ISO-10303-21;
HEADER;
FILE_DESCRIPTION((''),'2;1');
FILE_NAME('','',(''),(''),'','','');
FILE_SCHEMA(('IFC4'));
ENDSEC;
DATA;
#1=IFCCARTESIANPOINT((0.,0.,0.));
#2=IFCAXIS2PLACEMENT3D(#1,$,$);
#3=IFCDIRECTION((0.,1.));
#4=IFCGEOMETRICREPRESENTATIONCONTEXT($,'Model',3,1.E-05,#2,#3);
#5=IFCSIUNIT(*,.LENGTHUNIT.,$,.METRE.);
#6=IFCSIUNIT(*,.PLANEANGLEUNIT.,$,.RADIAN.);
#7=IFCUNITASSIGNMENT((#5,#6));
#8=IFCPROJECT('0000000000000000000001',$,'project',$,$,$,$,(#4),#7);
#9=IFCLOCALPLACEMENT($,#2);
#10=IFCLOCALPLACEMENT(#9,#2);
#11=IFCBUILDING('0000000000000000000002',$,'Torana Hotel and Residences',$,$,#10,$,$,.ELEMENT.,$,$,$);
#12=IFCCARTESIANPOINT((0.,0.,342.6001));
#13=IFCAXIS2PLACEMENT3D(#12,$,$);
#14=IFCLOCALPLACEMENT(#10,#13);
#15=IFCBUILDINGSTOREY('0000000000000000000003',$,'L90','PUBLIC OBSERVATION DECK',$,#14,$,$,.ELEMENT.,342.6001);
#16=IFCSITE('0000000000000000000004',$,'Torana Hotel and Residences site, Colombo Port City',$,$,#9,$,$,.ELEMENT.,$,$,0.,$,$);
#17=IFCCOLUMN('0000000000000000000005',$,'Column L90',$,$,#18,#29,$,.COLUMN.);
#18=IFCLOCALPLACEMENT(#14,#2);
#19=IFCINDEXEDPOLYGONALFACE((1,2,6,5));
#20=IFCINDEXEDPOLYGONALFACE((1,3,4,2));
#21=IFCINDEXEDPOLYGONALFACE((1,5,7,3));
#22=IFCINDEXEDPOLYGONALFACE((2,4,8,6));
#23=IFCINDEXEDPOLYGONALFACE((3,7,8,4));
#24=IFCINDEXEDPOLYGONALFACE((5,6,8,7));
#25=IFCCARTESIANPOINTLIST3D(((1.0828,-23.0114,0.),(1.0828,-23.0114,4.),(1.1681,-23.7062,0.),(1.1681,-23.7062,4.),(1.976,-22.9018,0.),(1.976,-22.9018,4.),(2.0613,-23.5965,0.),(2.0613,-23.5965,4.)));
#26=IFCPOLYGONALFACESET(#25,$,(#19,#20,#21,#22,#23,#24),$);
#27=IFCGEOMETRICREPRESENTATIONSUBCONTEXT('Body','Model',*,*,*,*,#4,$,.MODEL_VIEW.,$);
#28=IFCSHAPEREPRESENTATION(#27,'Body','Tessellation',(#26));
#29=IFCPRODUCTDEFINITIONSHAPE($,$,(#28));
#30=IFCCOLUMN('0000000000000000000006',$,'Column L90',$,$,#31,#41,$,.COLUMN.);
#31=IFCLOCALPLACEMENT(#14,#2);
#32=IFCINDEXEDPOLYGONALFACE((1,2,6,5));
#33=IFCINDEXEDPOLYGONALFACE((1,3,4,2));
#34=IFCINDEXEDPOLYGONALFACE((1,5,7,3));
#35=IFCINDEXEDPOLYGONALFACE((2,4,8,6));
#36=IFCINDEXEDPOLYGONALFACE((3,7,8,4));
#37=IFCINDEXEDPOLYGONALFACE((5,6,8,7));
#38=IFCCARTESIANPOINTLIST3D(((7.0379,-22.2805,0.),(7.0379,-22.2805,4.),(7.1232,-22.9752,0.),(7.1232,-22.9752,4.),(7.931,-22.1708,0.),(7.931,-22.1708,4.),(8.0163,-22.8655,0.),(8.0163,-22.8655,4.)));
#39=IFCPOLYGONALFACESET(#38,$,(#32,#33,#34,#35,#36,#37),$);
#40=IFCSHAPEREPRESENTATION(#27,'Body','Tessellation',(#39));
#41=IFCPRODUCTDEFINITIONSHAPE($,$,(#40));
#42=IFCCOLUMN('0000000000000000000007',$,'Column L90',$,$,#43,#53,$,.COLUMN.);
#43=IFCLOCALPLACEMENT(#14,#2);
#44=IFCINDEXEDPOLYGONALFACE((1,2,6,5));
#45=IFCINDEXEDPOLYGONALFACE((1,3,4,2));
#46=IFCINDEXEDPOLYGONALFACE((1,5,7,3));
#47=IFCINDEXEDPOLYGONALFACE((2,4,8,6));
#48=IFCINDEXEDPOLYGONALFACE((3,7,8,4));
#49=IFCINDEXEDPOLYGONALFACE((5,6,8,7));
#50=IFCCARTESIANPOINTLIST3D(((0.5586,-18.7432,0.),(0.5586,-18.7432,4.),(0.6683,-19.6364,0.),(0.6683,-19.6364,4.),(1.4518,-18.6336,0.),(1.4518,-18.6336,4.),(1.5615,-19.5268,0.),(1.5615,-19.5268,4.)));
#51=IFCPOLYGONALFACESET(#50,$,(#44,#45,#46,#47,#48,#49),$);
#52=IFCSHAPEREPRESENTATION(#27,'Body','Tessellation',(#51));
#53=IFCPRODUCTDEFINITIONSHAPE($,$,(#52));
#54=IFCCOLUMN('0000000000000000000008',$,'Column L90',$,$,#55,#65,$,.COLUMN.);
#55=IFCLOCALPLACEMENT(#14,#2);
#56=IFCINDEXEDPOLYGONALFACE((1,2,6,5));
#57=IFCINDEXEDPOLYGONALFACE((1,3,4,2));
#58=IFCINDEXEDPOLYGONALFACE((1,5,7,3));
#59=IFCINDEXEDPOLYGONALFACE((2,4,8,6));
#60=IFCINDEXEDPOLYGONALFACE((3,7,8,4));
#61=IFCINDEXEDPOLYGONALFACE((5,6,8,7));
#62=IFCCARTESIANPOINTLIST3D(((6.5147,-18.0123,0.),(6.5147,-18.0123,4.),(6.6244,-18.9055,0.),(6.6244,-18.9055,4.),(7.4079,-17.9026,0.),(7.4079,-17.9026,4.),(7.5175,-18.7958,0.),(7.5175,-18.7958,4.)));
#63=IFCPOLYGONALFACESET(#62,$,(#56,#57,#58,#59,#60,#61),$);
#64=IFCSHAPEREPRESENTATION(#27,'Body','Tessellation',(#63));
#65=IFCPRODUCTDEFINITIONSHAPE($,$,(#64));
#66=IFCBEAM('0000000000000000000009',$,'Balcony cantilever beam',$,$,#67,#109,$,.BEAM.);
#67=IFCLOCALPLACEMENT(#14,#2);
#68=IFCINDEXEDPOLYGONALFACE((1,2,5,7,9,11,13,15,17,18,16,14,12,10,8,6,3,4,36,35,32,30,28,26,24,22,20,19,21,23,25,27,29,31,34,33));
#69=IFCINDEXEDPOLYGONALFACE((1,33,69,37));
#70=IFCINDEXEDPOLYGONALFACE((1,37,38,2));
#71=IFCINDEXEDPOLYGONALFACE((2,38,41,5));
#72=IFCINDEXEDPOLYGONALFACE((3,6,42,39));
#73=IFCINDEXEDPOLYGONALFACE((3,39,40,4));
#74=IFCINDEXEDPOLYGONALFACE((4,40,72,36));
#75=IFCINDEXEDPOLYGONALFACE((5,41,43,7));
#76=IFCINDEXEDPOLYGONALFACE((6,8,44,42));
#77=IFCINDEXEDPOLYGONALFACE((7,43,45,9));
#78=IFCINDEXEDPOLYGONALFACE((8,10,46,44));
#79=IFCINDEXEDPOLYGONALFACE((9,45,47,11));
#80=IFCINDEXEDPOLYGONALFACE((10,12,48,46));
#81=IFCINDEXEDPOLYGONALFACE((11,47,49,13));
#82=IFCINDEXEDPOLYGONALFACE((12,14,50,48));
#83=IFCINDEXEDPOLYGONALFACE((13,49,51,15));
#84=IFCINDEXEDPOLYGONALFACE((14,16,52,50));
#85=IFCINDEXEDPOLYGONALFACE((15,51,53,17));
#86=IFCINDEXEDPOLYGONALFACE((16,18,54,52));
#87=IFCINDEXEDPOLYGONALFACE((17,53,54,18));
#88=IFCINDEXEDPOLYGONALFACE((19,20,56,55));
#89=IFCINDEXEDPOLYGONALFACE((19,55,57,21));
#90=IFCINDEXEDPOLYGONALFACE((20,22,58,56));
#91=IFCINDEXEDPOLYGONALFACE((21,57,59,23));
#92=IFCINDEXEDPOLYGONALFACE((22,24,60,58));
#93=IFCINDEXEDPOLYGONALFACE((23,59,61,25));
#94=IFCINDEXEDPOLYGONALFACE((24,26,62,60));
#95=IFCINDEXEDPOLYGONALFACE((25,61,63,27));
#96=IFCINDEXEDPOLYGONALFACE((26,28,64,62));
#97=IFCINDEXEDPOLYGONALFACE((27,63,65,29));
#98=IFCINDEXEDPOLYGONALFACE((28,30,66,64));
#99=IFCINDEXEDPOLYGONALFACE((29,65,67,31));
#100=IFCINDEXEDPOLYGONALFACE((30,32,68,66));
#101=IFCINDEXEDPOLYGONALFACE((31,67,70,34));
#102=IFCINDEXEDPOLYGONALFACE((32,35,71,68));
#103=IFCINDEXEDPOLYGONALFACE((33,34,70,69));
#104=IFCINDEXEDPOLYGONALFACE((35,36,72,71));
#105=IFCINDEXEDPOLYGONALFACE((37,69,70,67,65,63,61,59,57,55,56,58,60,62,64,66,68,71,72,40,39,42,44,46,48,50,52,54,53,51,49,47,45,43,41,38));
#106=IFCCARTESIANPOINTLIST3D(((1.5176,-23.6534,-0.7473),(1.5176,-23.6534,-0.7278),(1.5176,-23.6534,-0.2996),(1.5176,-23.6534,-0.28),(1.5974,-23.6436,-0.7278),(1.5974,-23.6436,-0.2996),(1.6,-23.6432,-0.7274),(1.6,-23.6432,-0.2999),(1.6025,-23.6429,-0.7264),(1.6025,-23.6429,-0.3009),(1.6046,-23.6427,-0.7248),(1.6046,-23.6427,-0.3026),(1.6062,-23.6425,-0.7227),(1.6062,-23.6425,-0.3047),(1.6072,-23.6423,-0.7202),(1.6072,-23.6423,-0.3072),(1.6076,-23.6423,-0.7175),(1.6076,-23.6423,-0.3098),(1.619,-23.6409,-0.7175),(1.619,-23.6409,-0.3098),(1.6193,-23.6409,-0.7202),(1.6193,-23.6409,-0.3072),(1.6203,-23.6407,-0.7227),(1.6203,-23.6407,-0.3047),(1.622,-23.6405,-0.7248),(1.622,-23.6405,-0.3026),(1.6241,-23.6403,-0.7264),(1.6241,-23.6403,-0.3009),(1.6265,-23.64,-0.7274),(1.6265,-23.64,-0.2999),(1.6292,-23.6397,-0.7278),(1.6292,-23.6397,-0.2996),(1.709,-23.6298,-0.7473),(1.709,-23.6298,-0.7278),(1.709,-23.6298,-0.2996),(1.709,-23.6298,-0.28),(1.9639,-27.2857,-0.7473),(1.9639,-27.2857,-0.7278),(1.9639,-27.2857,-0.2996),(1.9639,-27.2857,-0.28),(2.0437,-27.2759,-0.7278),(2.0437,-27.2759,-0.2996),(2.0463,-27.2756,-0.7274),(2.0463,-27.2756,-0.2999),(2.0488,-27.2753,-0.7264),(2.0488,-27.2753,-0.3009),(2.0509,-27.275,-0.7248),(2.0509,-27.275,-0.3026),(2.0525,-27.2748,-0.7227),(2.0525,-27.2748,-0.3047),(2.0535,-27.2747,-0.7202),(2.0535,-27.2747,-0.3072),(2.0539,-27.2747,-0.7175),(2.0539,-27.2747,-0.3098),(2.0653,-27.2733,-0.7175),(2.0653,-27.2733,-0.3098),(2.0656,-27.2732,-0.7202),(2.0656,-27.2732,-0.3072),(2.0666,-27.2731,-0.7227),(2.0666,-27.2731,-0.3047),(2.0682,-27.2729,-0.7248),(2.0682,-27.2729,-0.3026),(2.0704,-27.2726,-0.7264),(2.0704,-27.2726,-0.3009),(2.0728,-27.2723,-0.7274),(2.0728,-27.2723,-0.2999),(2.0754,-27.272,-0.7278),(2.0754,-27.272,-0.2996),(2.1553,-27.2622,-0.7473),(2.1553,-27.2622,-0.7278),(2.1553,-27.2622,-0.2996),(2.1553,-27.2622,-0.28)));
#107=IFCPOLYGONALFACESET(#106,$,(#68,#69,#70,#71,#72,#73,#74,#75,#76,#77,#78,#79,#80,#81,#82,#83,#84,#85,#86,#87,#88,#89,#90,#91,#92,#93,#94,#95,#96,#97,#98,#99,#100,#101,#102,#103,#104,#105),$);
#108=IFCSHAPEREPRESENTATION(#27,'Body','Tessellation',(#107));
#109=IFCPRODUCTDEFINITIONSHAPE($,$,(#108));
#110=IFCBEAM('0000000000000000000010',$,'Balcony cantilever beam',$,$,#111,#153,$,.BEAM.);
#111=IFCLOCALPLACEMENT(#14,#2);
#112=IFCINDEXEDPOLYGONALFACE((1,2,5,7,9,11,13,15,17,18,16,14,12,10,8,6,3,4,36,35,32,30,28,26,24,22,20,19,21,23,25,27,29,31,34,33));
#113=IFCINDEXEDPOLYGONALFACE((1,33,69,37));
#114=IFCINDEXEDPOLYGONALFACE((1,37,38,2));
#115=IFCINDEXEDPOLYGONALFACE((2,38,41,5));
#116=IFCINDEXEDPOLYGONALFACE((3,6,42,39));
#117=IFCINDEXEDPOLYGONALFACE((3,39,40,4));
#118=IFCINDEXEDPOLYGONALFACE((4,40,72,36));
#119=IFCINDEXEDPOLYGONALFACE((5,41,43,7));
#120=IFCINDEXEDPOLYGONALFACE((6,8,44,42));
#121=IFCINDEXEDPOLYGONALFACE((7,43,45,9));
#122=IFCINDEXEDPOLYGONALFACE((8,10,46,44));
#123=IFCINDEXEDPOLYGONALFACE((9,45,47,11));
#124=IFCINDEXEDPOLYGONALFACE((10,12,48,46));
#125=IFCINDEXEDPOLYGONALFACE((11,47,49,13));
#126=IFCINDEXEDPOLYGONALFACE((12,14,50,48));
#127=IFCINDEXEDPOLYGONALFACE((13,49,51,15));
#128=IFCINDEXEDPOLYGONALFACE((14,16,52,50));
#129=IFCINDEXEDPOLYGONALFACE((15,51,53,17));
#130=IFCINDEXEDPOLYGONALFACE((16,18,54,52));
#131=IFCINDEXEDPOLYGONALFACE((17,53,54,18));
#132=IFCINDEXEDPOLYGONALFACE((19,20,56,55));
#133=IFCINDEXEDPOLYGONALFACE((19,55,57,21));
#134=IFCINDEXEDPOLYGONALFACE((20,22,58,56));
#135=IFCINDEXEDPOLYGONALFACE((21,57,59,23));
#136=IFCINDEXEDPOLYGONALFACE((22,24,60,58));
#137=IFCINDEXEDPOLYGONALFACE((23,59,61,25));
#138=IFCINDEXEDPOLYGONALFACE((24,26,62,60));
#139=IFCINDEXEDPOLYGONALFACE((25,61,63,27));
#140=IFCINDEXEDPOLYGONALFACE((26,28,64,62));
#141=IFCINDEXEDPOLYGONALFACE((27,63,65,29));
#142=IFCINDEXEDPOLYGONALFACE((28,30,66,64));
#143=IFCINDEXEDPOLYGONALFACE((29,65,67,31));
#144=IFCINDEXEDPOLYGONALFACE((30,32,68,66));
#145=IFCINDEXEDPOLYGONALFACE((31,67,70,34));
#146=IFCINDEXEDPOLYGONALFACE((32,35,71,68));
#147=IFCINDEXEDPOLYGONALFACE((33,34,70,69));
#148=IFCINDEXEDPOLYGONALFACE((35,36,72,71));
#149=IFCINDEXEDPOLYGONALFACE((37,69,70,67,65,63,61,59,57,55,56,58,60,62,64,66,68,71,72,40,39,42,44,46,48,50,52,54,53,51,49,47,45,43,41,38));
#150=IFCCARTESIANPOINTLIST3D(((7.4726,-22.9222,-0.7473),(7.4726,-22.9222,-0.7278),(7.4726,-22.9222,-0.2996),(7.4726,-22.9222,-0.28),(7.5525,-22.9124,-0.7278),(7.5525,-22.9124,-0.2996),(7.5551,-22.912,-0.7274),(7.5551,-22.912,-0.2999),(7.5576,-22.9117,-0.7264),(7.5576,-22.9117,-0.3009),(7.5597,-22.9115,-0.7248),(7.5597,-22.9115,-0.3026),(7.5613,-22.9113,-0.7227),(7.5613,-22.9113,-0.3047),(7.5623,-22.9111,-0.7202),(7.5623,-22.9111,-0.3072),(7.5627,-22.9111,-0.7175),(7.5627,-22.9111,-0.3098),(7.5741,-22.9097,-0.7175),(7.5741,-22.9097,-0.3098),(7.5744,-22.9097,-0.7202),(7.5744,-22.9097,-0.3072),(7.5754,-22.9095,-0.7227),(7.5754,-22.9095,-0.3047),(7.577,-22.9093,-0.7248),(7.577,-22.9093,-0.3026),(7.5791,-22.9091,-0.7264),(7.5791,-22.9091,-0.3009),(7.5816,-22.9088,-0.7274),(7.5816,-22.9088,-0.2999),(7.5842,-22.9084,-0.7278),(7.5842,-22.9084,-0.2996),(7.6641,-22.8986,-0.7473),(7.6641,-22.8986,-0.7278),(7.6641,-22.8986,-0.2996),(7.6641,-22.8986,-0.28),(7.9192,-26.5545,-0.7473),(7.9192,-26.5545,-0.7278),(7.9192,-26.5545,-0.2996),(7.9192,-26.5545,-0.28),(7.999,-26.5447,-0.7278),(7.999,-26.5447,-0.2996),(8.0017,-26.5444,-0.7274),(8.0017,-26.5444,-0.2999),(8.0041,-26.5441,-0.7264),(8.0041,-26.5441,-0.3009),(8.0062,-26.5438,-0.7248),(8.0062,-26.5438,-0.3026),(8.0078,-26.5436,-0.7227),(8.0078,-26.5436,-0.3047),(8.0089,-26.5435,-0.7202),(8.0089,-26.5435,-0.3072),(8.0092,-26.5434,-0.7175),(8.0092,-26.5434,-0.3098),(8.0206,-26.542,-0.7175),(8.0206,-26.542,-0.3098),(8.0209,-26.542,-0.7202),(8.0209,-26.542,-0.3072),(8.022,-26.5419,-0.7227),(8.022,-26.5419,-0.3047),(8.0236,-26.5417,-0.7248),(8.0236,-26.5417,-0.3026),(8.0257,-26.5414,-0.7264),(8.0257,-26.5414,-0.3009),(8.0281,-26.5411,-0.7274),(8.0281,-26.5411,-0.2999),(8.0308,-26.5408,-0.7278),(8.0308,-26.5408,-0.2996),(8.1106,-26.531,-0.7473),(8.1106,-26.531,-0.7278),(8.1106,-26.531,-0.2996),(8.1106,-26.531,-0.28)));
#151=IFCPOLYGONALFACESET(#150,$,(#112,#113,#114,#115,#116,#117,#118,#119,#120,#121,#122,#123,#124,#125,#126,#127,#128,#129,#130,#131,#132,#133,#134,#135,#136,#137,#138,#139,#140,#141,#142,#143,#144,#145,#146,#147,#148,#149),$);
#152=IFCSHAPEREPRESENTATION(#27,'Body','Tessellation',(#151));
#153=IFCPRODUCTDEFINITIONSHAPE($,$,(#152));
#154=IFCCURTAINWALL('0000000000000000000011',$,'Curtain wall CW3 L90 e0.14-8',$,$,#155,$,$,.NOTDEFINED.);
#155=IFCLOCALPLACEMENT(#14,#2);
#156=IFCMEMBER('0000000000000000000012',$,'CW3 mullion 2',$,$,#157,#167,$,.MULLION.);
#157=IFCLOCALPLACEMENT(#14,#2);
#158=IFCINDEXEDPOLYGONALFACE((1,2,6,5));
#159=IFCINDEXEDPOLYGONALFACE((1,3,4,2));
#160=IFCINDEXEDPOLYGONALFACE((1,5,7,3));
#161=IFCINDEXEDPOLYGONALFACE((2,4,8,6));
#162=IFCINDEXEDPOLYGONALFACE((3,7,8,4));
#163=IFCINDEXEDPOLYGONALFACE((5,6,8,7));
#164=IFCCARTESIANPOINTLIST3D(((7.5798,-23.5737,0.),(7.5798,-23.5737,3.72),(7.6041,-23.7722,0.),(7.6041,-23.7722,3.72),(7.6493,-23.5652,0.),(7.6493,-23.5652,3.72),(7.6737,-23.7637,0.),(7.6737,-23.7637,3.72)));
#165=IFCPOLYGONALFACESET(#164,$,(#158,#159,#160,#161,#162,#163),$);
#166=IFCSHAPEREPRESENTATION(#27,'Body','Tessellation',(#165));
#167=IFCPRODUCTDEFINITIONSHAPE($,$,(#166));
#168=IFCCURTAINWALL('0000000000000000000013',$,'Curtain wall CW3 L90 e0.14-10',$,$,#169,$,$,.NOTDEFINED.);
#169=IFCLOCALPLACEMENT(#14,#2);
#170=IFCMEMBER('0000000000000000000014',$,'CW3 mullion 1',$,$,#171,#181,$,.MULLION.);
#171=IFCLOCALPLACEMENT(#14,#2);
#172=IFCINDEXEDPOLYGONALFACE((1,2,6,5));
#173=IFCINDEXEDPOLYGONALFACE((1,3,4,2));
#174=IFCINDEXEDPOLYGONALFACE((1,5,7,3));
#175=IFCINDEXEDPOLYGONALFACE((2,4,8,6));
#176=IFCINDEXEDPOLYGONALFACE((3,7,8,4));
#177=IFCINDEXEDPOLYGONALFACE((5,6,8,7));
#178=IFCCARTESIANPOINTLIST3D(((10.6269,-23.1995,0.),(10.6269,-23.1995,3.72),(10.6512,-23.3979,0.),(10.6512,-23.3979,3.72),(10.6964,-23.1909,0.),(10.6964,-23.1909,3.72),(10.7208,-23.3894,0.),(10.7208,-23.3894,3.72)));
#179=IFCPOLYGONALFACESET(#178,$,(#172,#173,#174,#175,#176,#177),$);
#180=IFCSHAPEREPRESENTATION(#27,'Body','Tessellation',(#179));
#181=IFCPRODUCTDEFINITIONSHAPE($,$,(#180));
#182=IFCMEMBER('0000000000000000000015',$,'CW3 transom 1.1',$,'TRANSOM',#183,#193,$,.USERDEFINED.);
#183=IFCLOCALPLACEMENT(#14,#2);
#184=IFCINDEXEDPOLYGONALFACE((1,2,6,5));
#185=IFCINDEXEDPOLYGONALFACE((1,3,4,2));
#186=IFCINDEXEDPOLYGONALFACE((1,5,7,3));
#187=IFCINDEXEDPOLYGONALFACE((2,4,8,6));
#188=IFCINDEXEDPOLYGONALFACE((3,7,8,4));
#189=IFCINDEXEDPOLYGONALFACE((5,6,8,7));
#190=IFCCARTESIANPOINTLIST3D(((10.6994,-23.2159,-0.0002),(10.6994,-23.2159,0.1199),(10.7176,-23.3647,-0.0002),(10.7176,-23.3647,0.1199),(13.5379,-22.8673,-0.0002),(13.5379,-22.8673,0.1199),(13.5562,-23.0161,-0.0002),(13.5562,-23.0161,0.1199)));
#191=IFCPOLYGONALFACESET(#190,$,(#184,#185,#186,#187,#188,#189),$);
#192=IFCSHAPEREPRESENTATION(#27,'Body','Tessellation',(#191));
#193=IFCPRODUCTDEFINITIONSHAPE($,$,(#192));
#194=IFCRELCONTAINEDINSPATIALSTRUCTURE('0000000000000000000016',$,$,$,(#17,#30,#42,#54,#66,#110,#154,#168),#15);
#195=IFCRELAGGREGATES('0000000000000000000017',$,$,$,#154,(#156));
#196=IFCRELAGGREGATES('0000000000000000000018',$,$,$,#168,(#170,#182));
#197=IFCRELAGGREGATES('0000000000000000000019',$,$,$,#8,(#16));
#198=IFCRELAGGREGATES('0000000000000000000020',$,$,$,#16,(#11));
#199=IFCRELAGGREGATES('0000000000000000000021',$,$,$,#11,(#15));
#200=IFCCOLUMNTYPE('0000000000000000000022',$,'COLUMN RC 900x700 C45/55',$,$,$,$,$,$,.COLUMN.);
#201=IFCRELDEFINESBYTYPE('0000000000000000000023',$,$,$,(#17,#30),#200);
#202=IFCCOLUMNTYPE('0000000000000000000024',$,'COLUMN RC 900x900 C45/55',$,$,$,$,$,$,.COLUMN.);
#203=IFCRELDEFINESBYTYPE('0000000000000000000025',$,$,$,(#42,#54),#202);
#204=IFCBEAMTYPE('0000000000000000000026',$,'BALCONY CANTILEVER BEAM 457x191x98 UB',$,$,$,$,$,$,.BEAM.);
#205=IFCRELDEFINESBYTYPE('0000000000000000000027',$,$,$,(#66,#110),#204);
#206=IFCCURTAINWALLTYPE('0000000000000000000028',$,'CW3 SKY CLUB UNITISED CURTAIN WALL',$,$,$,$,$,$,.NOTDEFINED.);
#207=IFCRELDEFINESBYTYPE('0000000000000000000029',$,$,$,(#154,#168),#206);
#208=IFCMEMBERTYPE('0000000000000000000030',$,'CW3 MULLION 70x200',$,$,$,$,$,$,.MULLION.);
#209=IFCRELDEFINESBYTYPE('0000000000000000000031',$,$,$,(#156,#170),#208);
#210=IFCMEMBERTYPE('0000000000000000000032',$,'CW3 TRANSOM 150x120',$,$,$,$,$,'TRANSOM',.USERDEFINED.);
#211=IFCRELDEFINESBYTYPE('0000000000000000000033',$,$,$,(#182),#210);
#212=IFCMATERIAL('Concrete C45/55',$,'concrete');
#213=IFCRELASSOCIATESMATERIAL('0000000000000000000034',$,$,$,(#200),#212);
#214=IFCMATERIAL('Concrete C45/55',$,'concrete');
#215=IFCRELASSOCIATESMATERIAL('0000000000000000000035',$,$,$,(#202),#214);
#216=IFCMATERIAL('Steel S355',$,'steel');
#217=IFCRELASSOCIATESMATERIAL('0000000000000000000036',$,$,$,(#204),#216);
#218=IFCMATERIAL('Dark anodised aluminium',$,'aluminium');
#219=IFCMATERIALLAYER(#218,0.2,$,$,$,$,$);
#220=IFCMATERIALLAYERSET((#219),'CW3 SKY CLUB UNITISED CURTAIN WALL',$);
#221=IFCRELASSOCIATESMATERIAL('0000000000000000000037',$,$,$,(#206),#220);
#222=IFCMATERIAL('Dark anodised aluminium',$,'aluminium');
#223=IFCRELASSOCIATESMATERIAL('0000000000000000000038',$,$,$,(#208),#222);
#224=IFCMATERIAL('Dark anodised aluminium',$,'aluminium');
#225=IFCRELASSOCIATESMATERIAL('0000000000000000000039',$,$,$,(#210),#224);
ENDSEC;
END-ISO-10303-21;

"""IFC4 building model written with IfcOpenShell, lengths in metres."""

from ifc_helpers import new_model, si_unit, direction, frame, origin, origin_2d, place, context, subcontext, project, spatial, rectangle, i_section, extrude, material, layer, layer_set, material_profile, profile_set, type_object, element, aggregate, save


model = new_model("IFC4")

# Units and contexts
model_context = context("Model", 3, precision=1e-05, world=origin(), true_north=direction((0.0, 1.0)))
body_context = subcontext(model_context, "Body", "Model", "MODEL_VIEW")
ifc_project = project(units=[si_unit("LENGTHUNIT", "METRE"), si_unit("PLANEANGLEUNIT", "RADIAN")], contexts=[model_context])

# Site, building, storey
site_placement = place(None, origin())
site = spatial("IfcSite", under=ifc_project, at=site_placement, Name="Torana Hotel and Residences site, Colombo Port City", CompositionType="ELEMENT", RefElevation=0.0)
building_placement = place(site_placement, origin())
building = spatial("IfcBuilding", under=site, at=building_placement, Name="Torana Hotel and Residences", CompositionType="ELEMENT")
storey_placement = place(building_placement, frame((0.0, 0.0, 342.6001)))
storey = spatial("IfcBuildingStorey", under=building, at=storey_placement, Name="L90", Description="PUBLIC OBSERVATION DECK", CompositionType="ELEMENT", Elevation=342.6001)

# Columns
ifc_material_1 = material(Name="Concrete C45/55", Category="concrete")
ifc_material_profile_1 = material_profile(ifc_material_1, rectangle(XDim=0.8999, YDim=0.7, at=origin_2d()), Name="RC 900x700")
ifc_profile_set_1 = profile_set([ifc_material_profile_1], Name="Concrete C45/55")
column_type_1 = type_object("IfcColumnType", Name="COLUMN RC 900x700 C45/55", PredefinedType="COLUMN", material=ifc_profile_set_1)
for number, where, z_axis, x_axis, name in (
    (1, (1.572, -23.304, 0.0), (0.0, 0.0, 1.0), (0.992546, 0.121869, 0.0), "Column L90"),
    (2, (7.5271, -22.573, 0.0), (0.0, 0.0, 1.0), (0.992546, 0.121869, 0.0), "Column L90"),
):
    element("IfcColumn", number, at=place(storey_placement, frame(where, z_axis=z_axis, x_axis=x_axis)), inside=storey, type_object=column_type_1, Name=name, PredefinedType="COLUMN", context=body_context, shape_type="SweptSolid", body=[
        extrude(rectangle(XDim=0.8999, YDim=0.7, at=origin_2d()), origin(), (0.0, 0.0, 1.0), 4.0),
    ])
ifc_material_2 = material(Name="Concrete C45/55", Category="concrete")
ifc_material_profile_2 = material_profile(ifc_material_2, rectangle(XDim=0.8999, YDim=0.8999, at=origin_2d()), Name="RC 900x900")
ifc_profile_set_2 = profile_set([ifc_material_profile_2], Name="Concrete C45/55")
column_type_2 = type_object("IfcColumnType", Name="COLUMN RC 900x900 C45/55", PredefinedType="COLUMN", material=ifc_profile_set_2)
for number, where, z_axis, x_axis, name in (
    (3, (1.0601, -19.135, 0.0), (0.0, 0.0, 1.0), (0.992546, 0.121869, 0.0), "Column L90"),
    (4, (7.0161, -18.4041, 0.0), (0.0, 0.0, 1.0), (0.992546, 0.121869, 0.0), "Column L90"),
):
    element("IfcColumn", number, at=place(storey_placement, frame(where, z_axis=z_axis, x_axis=x_axis)), inside=storey, type_object=column_type_2, Name=name, PredefinedType="COLUMN", context=body_context, shape_type="SweptSolid", body=[
        extrude(rectangle(XDim=0.8999, YDim=0.8999, at=origin_2d()), origin(), (0.0, 0.0, 1.0), 4.0),
    ])

# Beams
ifc_material_3 = material(Name="Steel S355", Category="steel")
ifc_material_profile_3 = material_profile(ifc_material_3, i_section(OverallWidth=0.1929, OverallDepth=0.4673, WebThickness=0.0115, FlangeThickness=0.0195, FilletRadius=0.0103, at=origin_2d()), Name="457x191x98 UB")
ifc_profile_set_3 = profile_set([ifc_material_profile_3], Name="Steel S355")
beam_type = type_object("IfcBeamType", Name="BALCONY CANTILEVER BEAM 457x191x98 UB", PredefinedType="BEAM", material=ifc_profile_set_3)
for number, where, z_axis, x_axis, name in (
    (5, (1.6133, -23.6416, -0.5137), (0.121949, -0.992536, 0.0), (0.992536, 0.121949, 0.0), "Balcony cantilever beam"),
    (6, (7.5684, -22.9104, -0.5137), (0.122015, -0.992528, 0.0), (0.992528, 0.122015, 0.0), "Balcony cantilever beam"),
):
    element("IfcBeam", number, at=place(storey_placement, frame(where, z_axis=z_axis, x_axis=x_axis)), inside=storey, type_object=beam_type, Name=name, PredefinedType="BEAM", context=body_context, shape_type="SweptSolid", body=[
        extrude(i_section(OverallWidth=0.1929, OverallDepth=0.4673, WebThickness=0.0115, FlangeThickness=0.0195, FilletRadius=0.0103, at=origin_2d()), origin(), (0.0, 0.0, 1.0), 3.6597),
    ])

# Curtain wall, member
ifc_material_4 = material(Name="Dark anodised aluminium", Category="aluminium")
ifc_layer_1 = layer(ifc_material_4, 0.2)
ifc_layer_set_1 = layer_set([ifc_layer_1], Name="CW3 SKY CLUB UNITISED CURTAIN WALL")
curtain_wall_type = type_object("IfcCurtainWallType", Name="CW3 SKY CLUB UNITISED CURTAIN WALL", PredefinedType="NOTDEFINED", material=ifc_layer_set_1)
curtain_wall_1_placement = place(storey_placement, origin())
curtain_wall_1 = element("IfcCurtainWall", 7, at=curtain_wall_1_placement, inside=storey, type_object=curtain_wall_type, Name="Curtain wall CW3 L90 e0.14-8", PredefinedType="NOTDEFINED")
ifc_material_5 = material(Name="Dark anodised aluminium", Category="aluminium")
ifc_material_profile_4 = material_profile(ifc_material_5, rectangle(XDim=0.2, YDim=0.0701, at=origin_2d()), Name="CW3 MULLION 70x200")
ifc_profile_set_4 = profile_set([ifc_material_profile_4], Name="Dark anodised aluminium")
member_type_1 = type_object("IfcMemberType", Name="CW3 MULLION 70x200", PredefinedType="MULLION", material=ifc_profile_set_4)
member_1_placement = place(storey_placement, frame((7.6267, -23.6687, 0.0), z_axis=(0.0, 0.0, 1.0), x_axis=(-0.121868, 0.992546, 0.0)))
member_1 = element("IfcMember", 8, at=member_1_placement, type_object=member_type_1, Name="CW3 mullion 2", PredefinedType="MULLION", context=body_context, shape_type="SweptSolid", body=[
    extrude(rectangle(XDim=0.2, YDim=0.0701, at=origin_2d()), origin(), (0.0, 0.0, 1.0), 3.72),
])

# Curtain wall, members
curtain_wall_2_placement = place(storey_placement, origin())
curtain_wall_2 = element("IfcCurtainWall", 9, at=curtain_wall_2_placement, inside=storey, type_object=curtain_wall_type, Name="Curtain wall CW3 L90 e0.14-10", PredefinedType="NOTDEFINED")
member_2_placement = place(storey_placement, frame((10.6738, -23.2944, 0.0), z_axis=(0.0, 0.0, 1.0), x_axis=(-0.121868, 0.992546, 0.0)))
member_2 = element("IfcMember", 10, at=member_2_placement, type_object=member_type_1, Name="CW3 mullion 1", PredefinedType="MULLION", context=body_context, shape_type="SweptSolid", body=[
    extrude(rectangle(XDim=0.2, YDim=0.0701, at=origin_2d()), origin(), (0.0, 0.0, 1.0), 3.72),
])
ifc_material_6 = material(Name="Dark anodised aluminium", Category="aluminium")
ifc_material_profile_5 = material_profile(ifc_material_6, rectangle(XDim=0.1499, YDim=0.1201, at=origin_2d()), Name="CW3 TRANSOM 150x120")
ifc_profile_set_5 = profile_set([ifc_material_profile_5], Name="Dark anodised aluminium")
member_type_2 = type_object("IfcMemberType", Name="CW3 TRANSOM 150x120", ElementType="TRANSOM", PredefinedType="USERDEFINED", material=ifc_profile_set_5)
member_3_placement = place(storey_placement, frame((10.7085, -23.2903, 0.0598), z_axis=(0.992542, 0.121902, 0.0), x_axis=(-0.121902, 0.992542, 0.0)))
member_3 = element("IfcMember", 11, at=member_3_placement, type_object=member_type_2, Name="CW3 transom 1.1", ObjectType="TRANSOM", PredefinedType="USERDEFINED", context=body_context, shape_type="SweptSolid", body=[
    extrude(rectangle(XDim=0.1499, YDim=0.1201, at=origin_2d()), origin(), (0.0, 0.0, 1.0), 2.8599),
])

aggregate(curtain_wall_1, [member_1])
aggregate(curtain_wall_2, [member_2, member_3])

save(model, "model.ifc")
